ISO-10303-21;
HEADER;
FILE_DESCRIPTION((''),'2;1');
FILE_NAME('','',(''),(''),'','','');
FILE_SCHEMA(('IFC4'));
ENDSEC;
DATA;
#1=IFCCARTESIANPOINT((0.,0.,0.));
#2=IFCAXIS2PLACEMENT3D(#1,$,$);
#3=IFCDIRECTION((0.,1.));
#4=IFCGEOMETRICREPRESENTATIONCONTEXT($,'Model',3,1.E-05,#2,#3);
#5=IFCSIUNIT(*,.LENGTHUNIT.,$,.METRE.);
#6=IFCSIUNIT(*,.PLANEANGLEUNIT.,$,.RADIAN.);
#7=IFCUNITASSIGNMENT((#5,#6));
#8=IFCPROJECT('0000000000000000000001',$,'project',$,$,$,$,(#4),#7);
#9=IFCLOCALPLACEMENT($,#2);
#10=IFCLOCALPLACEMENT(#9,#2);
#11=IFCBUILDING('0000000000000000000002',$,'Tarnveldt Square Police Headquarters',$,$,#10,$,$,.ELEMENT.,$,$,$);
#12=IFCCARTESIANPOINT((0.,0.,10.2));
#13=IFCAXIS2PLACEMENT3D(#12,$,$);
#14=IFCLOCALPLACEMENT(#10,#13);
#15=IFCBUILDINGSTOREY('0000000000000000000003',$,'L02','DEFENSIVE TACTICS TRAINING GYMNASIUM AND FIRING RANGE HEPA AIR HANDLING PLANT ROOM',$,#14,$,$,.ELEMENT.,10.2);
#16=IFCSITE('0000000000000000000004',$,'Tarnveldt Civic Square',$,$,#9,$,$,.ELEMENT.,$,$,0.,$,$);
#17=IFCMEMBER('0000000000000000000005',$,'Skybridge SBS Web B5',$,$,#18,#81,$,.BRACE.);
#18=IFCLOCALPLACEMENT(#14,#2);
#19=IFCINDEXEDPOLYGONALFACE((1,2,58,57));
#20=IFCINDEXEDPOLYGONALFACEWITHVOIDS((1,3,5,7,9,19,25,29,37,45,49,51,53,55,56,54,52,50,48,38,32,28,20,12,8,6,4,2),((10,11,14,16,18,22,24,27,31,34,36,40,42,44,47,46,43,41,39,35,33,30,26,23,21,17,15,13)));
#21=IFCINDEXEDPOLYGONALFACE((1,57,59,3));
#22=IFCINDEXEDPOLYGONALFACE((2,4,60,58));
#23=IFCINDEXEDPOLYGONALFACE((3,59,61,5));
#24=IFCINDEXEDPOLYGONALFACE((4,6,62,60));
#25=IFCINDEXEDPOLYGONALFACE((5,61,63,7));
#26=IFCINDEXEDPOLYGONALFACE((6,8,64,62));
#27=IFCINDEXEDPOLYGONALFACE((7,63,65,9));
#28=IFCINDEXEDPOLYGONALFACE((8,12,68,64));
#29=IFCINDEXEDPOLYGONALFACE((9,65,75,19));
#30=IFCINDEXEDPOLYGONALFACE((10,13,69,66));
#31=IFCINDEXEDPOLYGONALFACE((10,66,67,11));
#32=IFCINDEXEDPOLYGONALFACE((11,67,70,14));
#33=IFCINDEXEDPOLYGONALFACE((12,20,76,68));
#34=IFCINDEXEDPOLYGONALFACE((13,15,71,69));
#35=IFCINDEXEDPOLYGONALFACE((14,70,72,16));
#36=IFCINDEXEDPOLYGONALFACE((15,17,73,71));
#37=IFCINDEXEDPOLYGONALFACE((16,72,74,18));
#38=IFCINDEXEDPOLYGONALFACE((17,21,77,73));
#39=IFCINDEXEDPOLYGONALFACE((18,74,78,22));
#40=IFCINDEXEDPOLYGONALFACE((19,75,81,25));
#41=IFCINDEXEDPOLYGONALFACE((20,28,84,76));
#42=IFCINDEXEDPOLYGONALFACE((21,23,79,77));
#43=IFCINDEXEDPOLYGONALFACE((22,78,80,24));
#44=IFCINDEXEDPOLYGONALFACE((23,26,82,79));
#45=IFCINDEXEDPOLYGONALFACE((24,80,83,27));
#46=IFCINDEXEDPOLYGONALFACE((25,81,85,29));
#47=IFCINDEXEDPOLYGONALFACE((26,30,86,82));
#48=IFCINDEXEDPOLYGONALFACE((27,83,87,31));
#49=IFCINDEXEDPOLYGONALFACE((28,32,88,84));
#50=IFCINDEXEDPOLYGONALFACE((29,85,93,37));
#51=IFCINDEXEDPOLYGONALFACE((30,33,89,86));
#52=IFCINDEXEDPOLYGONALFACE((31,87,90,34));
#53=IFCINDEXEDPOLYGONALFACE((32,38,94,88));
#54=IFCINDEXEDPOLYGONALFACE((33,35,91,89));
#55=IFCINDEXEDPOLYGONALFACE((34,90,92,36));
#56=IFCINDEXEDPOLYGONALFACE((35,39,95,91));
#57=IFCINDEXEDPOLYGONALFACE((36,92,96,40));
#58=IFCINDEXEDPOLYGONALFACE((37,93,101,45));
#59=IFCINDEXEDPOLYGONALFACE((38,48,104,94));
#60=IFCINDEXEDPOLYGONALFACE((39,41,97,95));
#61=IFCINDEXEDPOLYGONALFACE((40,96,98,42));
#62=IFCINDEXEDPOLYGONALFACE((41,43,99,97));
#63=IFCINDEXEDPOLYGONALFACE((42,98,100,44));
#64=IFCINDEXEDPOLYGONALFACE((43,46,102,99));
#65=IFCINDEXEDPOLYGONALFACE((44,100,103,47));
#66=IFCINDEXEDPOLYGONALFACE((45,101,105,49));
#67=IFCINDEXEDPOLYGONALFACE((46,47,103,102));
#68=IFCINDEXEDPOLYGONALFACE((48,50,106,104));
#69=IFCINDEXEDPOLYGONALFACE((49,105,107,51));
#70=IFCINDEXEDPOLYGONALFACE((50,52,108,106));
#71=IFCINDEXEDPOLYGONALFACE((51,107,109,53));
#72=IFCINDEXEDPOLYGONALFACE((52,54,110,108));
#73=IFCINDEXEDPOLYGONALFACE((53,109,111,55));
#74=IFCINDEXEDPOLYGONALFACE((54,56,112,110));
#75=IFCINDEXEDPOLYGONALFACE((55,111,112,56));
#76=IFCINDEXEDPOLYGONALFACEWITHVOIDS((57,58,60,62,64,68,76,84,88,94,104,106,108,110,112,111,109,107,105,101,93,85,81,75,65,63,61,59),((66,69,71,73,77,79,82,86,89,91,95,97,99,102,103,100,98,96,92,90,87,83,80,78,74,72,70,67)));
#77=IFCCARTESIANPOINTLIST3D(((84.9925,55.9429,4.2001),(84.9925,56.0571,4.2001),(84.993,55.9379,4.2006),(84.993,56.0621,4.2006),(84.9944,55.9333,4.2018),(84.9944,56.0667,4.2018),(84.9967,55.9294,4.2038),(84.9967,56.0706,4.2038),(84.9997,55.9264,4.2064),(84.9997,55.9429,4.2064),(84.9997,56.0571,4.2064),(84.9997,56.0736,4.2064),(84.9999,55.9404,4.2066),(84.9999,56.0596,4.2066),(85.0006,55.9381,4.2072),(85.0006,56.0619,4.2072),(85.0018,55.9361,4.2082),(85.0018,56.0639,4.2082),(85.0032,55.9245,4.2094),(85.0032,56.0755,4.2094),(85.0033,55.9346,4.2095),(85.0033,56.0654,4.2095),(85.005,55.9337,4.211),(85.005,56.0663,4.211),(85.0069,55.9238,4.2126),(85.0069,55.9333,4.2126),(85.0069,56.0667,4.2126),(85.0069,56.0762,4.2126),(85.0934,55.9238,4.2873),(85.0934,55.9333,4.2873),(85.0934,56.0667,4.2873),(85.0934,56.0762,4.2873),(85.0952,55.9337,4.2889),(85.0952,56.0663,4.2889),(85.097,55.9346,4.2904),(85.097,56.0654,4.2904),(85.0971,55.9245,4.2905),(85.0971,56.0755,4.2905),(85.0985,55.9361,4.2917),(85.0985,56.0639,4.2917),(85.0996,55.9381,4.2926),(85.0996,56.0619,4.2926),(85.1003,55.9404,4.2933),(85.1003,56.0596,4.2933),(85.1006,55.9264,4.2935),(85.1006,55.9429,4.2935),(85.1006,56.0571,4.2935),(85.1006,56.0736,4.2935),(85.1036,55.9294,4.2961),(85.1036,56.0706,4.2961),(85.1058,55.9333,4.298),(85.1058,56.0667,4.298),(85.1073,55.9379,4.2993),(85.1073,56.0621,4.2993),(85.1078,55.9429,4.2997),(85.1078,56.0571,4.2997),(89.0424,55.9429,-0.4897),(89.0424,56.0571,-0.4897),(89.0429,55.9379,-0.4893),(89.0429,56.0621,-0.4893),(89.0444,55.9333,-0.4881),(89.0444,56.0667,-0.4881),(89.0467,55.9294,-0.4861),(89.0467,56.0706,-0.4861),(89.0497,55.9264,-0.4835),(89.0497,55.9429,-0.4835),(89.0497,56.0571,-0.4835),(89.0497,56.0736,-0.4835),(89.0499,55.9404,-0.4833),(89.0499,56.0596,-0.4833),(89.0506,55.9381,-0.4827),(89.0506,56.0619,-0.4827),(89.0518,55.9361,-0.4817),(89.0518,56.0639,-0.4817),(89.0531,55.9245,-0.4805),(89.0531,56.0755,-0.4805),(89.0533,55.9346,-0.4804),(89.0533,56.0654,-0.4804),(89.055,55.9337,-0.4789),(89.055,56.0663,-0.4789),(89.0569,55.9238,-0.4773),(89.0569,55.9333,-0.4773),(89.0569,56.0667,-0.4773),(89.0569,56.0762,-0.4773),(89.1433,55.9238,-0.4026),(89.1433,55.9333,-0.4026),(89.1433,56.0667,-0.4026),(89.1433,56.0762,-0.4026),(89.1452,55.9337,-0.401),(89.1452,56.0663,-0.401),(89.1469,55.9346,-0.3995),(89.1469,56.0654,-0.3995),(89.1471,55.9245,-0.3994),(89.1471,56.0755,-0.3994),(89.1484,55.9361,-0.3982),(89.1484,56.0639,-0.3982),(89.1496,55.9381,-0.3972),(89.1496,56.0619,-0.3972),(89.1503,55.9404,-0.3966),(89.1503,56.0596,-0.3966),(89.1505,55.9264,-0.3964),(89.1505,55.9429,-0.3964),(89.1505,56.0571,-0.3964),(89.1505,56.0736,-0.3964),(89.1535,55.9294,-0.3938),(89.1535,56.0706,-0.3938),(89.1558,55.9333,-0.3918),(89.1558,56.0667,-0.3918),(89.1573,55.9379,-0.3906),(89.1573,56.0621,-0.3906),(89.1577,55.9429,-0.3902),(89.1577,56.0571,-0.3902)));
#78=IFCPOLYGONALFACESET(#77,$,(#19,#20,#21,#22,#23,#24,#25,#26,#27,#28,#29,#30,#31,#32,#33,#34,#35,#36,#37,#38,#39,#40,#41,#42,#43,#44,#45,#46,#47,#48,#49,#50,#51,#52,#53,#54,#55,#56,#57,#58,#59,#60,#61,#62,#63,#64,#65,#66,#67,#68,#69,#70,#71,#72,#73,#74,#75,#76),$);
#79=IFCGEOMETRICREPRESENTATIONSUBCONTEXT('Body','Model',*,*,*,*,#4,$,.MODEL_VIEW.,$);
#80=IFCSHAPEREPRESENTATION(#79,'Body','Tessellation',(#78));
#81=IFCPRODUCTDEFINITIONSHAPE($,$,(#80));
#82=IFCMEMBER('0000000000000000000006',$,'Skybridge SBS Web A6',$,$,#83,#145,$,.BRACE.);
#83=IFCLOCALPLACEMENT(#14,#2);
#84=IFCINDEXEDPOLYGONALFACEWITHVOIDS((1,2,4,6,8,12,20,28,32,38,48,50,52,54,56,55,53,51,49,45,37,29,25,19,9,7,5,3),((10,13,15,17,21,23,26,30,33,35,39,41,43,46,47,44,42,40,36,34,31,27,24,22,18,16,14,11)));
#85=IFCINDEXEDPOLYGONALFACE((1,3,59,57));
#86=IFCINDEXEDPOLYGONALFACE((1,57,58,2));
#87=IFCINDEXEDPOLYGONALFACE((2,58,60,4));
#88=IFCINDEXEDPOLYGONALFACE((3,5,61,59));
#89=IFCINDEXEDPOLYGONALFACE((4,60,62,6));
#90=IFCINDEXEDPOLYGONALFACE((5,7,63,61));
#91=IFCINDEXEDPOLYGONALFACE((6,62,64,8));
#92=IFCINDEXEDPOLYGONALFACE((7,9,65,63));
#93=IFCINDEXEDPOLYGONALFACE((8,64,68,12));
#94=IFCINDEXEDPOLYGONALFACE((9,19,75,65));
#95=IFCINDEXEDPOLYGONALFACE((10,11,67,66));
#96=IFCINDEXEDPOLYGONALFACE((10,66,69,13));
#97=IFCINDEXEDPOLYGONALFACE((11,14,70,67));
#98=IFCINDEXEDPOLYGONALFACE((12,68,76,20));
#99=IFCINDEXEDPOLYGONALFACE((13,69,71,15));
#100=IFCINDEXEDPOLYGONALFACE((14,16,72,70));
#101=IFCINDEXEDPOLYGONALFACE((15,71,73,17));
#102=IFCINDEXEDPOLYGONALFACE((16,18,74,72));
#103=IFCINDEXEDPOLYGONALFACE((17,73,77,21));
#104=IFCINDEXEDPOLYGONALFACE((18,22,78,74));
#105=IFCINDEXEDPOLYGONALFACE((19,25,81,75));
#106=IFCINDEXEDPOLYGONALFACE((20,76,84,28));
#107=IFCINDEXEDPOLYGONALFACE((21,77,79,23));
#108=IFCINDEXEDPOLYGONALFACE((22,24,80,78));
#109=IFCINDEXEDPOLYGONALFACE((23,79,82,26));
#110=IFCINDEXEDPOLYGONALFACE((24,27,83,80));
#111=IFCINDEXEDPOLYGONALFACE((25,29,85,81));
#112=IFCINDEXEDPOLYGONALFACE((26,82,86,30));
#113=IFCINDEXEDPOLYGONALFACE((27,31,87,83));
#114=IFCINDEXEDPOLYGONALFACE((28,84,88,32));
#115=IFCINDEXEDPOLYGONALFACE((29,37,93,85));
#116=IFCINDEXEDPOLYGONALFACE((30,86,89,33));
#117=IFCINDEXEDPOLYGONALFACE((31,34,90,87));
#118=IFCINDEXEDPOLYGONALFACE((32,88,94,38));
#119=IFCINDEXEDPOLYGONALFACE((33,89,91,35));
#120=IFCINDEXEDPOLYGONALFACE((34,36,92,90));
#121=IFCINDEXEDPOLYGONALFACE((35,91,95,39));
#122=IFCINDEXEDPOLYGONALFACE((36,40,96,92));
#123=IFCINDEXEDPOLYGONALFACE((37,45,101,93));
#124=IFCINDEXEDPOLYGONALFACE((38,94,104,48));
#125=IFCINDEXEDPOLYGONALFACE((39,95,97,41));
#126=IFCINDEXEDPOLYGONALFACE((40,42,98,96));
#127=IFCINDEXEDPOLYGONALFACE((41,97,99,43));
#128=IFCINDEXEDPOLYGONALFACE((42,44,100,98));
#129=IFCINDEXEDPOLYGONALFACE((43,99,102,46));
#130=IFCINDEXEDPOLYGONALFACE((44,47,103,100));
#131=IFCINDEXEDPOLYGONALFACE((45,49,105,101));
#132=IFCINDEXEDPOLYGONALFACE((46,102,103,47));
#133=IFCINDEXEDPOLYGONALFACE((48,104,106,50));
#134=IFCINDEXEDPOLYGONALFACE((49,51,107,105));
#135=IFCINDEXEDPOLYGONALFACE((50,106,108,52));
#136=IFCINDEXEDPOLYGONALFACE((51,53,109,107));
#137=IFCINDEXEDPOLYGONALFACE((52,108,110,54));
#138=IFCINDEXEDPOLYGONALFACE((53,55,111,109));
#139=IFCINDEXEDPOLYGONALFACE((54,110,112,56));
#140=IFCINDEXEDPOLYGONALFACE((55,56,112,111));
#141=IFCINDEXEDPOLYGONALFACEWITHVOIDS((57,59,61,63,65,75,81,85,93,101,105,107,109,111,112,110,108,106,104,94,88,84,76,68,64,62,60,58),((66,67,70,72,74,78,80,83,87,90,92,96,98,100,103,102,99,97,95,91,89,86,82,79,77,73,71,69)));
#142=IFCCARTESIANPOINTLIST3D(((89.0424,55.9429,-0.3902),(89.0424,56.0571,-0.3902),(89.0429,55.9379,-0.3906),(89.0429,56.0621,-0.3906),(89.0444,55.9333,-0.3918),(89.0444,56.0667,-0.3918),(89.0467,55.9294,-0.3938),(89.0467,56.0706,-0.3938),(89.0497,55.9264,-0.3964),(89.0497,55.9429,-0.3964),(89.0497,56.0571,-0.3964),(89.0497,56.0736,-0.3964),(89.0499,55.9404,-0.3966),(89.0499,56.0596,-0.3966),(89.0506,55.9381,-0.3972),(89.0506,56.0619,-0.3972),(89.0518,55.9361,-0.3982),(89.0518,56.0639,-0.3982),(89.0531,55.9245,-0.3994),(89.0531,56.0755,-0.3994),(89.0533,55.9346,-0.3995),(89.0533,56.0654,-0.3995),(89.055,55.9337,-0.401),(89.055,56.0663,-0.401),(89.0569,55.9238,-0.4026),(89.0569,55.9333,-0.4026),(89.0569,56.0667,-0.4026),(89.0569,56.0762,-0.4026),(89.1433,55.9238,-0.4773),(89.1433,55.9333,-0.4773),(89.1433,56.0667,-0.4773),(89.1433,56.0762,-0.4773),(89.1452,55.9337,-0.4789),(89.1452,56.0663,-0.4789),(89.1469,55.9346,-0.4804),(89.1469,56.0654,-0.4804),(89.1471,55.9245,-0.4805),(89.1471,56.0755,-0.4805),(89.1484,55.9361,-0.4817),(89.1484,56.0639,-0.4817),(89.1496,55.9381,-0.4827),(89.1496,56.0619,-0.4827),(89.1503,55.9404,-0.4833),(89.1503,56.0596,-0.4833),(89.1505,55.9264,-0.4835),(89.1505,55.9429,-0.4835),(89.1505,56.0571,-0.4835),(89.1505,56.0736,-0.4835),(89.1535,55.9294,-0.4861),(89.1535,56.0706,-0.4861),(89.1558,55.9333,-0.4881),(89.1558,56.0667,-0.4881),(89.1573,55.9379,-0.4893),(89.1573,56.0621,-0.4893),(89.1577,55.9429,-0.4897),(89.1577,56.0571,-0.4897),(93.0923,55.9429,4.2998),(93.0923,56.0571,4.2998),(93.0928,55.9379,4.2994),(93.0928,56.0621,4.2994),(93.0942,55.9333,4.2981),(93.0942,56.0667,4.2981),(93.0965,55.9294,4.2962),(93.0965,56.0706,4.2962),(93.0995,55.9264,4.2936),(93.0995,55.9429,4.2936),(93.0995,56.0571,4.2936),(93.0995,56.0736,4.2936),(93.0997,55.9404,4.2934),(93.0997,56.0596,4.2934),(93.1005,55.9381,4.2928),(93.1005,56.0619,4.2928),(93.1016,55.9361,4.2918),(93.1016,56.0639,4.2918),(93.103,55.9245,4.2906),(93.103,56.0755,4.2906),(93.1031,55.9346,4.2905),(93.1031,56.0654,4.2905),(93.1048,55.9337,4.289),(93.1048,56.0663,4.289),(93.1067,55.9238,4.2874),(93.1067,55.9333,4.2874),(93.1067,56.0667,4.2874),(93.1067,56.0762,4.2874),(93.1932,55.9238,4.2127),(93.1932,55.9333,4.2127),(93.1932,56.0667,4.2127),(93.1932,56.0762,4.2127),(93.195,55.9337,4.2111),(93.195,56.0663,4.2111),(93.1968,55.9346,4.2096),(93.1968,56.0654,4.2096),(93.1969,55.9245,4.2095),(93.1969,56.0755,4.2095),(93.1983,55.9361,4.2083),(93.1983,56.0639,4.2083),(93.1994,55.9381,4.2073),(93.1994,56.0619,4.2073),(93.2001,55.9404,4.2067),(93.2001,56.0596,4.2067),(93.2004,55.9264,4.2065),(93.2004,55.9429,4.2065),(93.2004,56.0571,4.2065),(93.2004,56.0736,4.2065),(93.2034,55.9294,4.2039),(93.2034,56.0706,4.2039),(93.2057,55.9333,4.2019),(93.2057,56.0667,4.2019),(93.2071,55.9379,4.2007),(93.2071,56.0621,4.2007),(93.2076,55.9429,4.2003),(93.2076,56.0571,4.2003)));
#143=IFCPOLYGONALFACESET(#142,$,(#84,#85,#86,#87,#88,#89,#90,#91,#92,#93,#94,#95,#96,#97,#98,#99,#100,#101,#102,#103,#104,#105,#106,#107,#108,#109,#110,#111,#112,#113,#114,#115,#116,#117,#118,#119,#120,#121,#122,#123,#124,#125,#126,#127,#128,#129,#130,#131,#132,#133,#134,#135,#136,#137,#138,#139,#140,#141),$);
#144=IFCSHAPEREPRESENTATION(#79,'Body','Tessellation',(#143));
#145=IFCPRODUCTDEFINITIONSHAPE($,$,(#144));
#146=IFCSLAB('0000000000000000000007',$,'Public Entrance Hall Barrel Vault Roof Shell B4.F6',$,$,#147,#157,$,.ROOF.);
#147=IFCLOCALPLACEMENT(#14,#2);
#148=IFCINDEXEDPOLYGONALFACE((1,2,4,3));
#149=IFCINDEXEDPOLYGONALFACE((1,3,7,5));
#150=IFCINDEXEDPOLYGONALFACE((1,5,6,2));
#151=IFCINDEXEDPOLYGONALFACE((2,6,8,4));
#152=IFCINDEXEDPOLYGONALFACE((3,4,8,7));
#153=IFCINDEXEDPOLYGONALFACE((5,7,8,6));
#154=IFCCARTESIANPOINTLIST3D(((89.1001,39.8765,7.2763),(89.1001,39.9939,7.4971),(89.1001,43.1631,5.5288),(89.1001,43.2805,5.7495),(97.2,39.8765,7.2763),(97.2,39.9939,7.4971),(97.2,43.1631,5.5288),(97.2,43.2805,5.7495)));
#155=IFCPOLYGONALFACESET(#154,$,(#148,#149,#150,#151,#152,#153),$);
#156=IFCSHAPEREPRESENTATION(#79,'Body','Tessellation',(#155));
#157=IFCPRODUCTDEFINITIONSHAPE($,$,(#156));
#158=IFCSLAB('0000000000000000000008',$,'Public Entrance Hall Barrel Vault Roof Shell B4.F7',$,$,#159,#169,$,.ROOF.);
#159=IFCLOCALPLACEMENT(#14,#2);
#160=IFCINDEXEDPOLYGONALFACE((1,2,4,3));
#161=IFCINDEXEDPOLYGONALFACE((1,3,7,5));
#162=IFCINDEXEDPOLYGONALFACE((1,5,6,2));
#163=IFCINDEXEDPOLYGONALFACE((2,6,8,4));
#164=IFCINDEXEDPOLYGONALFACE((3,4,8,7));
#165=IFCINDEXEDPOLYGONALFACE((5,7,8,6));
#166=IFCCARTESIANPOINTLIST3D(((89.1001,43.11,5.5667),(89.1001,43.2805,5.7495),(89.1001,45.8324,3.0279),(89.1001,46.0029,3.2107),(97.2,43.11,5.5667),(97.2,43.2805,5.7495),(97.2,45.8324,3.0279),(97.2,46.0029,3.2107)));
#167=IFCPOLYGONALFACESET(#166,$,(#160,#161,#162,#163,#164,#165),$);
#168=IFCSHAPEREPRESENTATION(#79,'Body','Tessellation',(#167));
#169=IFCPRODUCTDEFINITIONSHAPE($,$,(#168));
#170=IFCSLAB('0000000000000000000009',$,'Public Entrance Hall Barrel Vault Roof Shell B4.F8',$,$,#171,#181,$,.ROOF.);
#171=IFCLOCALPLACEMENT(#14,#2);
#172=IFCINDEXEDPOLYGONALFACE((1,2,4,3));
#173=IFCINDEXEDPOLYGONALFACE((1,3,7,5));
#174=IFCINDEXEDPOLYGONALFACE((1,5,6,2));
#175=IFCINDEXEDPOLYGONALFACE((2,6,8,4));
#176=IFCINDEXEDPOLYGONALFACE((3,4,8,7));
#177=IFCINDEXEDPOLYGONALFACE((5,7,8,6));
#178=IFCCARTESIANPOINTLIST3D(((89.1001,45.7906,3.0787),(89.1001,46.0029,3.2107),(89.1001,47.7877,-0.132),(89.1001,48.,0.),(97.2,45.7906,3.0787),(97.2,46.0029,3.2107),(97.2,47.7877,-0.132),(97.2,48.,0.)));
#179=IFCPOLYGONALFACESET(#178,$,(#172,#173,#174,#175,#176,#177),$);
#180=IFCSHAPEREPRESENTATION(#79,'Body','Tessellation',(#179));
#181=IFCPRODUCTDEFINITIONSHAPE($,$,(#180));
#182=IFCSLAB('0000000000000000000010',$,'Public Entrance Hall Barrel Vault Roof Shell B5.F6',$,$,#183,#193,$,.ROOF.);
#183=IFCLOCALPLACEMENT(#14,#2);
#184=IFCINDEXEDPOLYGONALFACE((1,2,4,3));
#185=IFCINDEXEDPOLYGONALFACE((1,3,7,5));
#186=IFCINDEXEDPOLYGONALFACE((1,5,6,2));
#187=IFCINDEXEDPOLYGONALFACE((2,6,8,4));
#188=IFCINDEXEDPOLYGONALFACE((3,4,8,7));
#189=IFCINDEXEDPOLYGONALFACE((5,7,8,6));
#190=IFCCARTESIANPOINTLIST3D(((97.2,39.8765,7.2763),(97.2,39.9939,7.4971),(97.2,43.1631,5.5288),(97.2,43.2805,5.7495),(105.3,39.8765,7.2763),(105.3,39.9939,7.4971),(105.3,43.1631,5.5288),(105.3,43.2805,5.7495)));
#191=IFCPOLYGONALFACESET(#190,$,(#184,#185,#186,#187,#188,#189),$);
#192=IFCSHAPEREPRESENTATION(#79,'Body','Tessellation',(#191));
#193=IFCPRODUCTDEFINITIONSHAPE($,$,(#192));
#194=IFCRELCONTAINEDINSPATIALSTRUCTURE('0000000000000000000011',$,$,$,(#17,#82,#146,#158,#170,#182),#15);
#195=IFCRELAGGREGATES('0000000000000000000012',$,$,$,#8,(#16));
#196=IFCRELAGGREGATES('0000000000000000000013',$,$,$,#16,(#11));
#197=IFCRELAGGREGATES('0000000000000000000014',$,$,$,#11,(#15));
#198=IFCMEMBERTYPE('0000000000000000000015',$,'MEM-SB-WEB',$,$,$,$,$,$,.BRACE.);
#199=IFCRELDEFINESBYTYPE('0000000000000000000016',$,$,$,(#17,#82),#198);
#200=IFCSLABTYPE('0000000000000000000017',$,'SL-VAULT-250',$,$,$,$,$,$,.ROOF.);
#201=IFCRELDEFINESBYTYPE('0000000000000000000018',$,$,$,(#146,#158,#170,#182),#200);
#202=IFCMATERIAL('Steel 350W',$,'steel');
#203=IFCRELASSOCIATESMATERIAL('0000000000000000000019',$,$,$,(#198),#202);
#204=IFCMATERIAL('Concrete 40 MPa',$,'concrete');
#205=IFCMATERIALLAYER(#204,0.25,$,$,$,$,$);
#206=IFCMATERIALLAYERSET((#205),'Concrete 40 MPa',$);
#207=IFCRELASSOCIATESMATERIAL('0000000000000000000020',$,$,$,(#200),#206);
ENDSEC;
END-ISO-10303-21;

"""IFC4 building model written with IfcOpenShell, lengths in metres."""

from ifc_helpers import new_model, si_unit, direction, frame, origin, origin_2d, place, context, subcontext, project, spatial, polyline, hollow_rectangle, outline, extrude, material, layer, layer_set, material_profile, profile_set, type_object, element, save


model = new_model("IFC4")

# Units and contexts
model_context = context("Model", 3, precision=1e-05, world=origin(), true_north=direction((0.0, 1.0)))
body_context = subcontext(model_context, "Body", "Model", "MODEL_VIEW")
ifc_project = project(units=[si_unit("LENGTHUNIT", "METRE"), si_unit("PLANEANGLEUNIT", "RADIAN")], contexts=[model_context])

# Site, building, storey
site_placement = place(None, origin())
site = spatial("IfcSite", under=ifc_project, at=site_placement, Name="Tarnveldt Civic Square", CompositionType="ELEMENT", RefElevation=0.0)
building_placement = place(site_placement, origin())
building = spatial("IfcBuilding", under=site, at=building_placement, Name="Tarnveldt Square Police Headquarters", CompositionType="ELEMENT")
storey_placement = place(building_placement, frame((0.0, 0.0, 10.2)))
storey = spatial("IfcBuildingStorey", under=building, at=storey_placement, Name="L02", Description="DEFENSIVE TACTICS TRAINING GYMNASIUM AND FIRING RANGE HEPA AIR HANDLING PLANT ROOM", CompositionType="ELEMENT", Elevation=10.2)

# Shared definitions
ifc_material_1 = material(Name="Concrete 40 MPa", Category="concrete")
ifc_material_2 = material(Name="Steel 350W", Category="steel")

# Members
ifc_material_profile_1 = material_profile(ifc_material_2, hollow_rectangle(XDim=0.1523, YDim=0.1523, WallThickness=0.0095, InnerFilletRadius=0.0095, OuterFilletRadius=0.019, at=origin_2d()), Name="HSS152x152x9.5")
ifc_profile_set_1 = profile_set([ifc_material_profile_1], Name="Steel 350W")
member_type_1 = type_object("IfcMemberType", Name="MEM-SB-WEB", PredefinedType="BRACE", material=ifc_profile_set_1)
for number, where, z_axis, x_axis, name in (
    (1, (89.1001, 56.0, -0.4399), (-0.653587, 0.0, 0.756851), (0.0, -1.0, 0.0), "Skybridge SBS Web B5"),
    (2, (89.1001, 56.0, -0.4399), (0.653564, 0.0, 0.756871), (0.0, 1.0, 0.0), "Skybridge SBS Web A6"),
):
    element("IfcMember", number, at=place(storey_placement, frame(where, z_axis=z_axis, x_axis=x_axis)), inside=storey, type_object=member_type_1, Name=name, PredefinedType="BRACE", context=body_context, shape_type="SweptSolid", body=[
        extrude(hollow_rectangle(XDim=0.1523, YDim=0.1523, WallThickness=0.0095, InnerFilletRadius=0.0095, OuterFilletRadius=0.019, at=origin_2d()), origin(), (0.0, 0.0, 1.0), 6.1965),
    ])

# Slabs
ifc_layer = layer(ifc_material_1, 0.25)
ifc_layer_set = layer_set([ifc_layer], Name="Concrete 40 MPa")
slab_type = type_object("IfcSlabType", Name="SL-VAULT-250", PredefinedType="ROOF", material=ifc_layer_set)
slab_1_placement = place(storey_placement, frame((89.1001, 39.9939, 7.4971), z_axis=(0.0, 0.469478, 0.882944), x_axis=(1.0, 0.0, 0.0)))
element("IfcSlab", 3, at=slab_1_placement, inside=storey, type_object=slab_type, Name="Public Entrance Hall Barrel Vault Roof Shell B4.F6", PredefinedType="ROOF", context=body_context, shape_type="SweptSolid", body=[
    extrude(outline(polyline([(0.0, 0.0), (8.0999, 0.0), (8.0999, 3.7223), (0.0, 3.7223), (0.0, 0.0)])), origin(), (0.0, 0.0, -1.0), 0.25),
])
slab_2_placement = place(storey_placement, frame((89.1001, 43.2805, 5.7495), z_axis=(0.0, 0.682017, 0.731337), x_axis=(1.0, 0.0, 0.0)))
element("IfcSlab", 4, at=slab_2_placement, inside=storey, type_object=slab_type, Name="Public Entrance Hall Barrel Vault Roof Shell B4.F7", PredefinedType="ROOF", context=body_context, shape_type="SweptSolid", body=[
    extrude(outline(polyline([(0.0, 0.0), (8.0999, 0.0), (8.0999, 3.7225), (0.0, 3.7225), (0.0, 0.0)])), origin(), (0.0, 0.0, -1.0), 0.25),
])
slab_3_placement = place(storey_placement, frame((89.1001, 46.0029, 3.2107), z_axis=(0.0, 0.849139, 0.528169), x_axis=(1.0, 0.0, 0.0)))
element("IfcSlab", 5, at=slab_3_placement, inside=storey, type_object=slab_type, Name="Public Entrance Hall Barrel Vault Roof Shell B4.F8", PredefinedType="ROOF", context=body_context, shape_type="SweptSolid", body=[
    extrude(outline(polyline([(0.0, 0.0), (8.0999, 0.0), (8.0999, 3.7811), (0.0, 3.7811), (0.0, 0.0)])), origin(), (0.0, 0.0, -1.0), 0.25),
])
slab_4_placement = place(storey_placement, frame((97.2, 39.9939, 7.4971), z_axis=(0.0, 0.469478, 0.882944), x_axis=(1.0, 0.0, 0.0)))
element("IfcSlab", 6, at=slab_4_placement, inside=storey, type_object=slab_type, Name="Public Entrance Hall Barrel Vault Roof Shell B5.F6", PredefinedType="ROOF", context=body_context, shape_type="SweptSolid", body=[
    extrude(outline(polyline([(0.0, 0.0), (8.1001, 0.0), (8.1001, 3.7223), (0.0, 3.7223), (0.0, 0.0)])), origin(), (0.0, 0.0, -1.0), 0.25),
])

save(model, "model.ifc")
